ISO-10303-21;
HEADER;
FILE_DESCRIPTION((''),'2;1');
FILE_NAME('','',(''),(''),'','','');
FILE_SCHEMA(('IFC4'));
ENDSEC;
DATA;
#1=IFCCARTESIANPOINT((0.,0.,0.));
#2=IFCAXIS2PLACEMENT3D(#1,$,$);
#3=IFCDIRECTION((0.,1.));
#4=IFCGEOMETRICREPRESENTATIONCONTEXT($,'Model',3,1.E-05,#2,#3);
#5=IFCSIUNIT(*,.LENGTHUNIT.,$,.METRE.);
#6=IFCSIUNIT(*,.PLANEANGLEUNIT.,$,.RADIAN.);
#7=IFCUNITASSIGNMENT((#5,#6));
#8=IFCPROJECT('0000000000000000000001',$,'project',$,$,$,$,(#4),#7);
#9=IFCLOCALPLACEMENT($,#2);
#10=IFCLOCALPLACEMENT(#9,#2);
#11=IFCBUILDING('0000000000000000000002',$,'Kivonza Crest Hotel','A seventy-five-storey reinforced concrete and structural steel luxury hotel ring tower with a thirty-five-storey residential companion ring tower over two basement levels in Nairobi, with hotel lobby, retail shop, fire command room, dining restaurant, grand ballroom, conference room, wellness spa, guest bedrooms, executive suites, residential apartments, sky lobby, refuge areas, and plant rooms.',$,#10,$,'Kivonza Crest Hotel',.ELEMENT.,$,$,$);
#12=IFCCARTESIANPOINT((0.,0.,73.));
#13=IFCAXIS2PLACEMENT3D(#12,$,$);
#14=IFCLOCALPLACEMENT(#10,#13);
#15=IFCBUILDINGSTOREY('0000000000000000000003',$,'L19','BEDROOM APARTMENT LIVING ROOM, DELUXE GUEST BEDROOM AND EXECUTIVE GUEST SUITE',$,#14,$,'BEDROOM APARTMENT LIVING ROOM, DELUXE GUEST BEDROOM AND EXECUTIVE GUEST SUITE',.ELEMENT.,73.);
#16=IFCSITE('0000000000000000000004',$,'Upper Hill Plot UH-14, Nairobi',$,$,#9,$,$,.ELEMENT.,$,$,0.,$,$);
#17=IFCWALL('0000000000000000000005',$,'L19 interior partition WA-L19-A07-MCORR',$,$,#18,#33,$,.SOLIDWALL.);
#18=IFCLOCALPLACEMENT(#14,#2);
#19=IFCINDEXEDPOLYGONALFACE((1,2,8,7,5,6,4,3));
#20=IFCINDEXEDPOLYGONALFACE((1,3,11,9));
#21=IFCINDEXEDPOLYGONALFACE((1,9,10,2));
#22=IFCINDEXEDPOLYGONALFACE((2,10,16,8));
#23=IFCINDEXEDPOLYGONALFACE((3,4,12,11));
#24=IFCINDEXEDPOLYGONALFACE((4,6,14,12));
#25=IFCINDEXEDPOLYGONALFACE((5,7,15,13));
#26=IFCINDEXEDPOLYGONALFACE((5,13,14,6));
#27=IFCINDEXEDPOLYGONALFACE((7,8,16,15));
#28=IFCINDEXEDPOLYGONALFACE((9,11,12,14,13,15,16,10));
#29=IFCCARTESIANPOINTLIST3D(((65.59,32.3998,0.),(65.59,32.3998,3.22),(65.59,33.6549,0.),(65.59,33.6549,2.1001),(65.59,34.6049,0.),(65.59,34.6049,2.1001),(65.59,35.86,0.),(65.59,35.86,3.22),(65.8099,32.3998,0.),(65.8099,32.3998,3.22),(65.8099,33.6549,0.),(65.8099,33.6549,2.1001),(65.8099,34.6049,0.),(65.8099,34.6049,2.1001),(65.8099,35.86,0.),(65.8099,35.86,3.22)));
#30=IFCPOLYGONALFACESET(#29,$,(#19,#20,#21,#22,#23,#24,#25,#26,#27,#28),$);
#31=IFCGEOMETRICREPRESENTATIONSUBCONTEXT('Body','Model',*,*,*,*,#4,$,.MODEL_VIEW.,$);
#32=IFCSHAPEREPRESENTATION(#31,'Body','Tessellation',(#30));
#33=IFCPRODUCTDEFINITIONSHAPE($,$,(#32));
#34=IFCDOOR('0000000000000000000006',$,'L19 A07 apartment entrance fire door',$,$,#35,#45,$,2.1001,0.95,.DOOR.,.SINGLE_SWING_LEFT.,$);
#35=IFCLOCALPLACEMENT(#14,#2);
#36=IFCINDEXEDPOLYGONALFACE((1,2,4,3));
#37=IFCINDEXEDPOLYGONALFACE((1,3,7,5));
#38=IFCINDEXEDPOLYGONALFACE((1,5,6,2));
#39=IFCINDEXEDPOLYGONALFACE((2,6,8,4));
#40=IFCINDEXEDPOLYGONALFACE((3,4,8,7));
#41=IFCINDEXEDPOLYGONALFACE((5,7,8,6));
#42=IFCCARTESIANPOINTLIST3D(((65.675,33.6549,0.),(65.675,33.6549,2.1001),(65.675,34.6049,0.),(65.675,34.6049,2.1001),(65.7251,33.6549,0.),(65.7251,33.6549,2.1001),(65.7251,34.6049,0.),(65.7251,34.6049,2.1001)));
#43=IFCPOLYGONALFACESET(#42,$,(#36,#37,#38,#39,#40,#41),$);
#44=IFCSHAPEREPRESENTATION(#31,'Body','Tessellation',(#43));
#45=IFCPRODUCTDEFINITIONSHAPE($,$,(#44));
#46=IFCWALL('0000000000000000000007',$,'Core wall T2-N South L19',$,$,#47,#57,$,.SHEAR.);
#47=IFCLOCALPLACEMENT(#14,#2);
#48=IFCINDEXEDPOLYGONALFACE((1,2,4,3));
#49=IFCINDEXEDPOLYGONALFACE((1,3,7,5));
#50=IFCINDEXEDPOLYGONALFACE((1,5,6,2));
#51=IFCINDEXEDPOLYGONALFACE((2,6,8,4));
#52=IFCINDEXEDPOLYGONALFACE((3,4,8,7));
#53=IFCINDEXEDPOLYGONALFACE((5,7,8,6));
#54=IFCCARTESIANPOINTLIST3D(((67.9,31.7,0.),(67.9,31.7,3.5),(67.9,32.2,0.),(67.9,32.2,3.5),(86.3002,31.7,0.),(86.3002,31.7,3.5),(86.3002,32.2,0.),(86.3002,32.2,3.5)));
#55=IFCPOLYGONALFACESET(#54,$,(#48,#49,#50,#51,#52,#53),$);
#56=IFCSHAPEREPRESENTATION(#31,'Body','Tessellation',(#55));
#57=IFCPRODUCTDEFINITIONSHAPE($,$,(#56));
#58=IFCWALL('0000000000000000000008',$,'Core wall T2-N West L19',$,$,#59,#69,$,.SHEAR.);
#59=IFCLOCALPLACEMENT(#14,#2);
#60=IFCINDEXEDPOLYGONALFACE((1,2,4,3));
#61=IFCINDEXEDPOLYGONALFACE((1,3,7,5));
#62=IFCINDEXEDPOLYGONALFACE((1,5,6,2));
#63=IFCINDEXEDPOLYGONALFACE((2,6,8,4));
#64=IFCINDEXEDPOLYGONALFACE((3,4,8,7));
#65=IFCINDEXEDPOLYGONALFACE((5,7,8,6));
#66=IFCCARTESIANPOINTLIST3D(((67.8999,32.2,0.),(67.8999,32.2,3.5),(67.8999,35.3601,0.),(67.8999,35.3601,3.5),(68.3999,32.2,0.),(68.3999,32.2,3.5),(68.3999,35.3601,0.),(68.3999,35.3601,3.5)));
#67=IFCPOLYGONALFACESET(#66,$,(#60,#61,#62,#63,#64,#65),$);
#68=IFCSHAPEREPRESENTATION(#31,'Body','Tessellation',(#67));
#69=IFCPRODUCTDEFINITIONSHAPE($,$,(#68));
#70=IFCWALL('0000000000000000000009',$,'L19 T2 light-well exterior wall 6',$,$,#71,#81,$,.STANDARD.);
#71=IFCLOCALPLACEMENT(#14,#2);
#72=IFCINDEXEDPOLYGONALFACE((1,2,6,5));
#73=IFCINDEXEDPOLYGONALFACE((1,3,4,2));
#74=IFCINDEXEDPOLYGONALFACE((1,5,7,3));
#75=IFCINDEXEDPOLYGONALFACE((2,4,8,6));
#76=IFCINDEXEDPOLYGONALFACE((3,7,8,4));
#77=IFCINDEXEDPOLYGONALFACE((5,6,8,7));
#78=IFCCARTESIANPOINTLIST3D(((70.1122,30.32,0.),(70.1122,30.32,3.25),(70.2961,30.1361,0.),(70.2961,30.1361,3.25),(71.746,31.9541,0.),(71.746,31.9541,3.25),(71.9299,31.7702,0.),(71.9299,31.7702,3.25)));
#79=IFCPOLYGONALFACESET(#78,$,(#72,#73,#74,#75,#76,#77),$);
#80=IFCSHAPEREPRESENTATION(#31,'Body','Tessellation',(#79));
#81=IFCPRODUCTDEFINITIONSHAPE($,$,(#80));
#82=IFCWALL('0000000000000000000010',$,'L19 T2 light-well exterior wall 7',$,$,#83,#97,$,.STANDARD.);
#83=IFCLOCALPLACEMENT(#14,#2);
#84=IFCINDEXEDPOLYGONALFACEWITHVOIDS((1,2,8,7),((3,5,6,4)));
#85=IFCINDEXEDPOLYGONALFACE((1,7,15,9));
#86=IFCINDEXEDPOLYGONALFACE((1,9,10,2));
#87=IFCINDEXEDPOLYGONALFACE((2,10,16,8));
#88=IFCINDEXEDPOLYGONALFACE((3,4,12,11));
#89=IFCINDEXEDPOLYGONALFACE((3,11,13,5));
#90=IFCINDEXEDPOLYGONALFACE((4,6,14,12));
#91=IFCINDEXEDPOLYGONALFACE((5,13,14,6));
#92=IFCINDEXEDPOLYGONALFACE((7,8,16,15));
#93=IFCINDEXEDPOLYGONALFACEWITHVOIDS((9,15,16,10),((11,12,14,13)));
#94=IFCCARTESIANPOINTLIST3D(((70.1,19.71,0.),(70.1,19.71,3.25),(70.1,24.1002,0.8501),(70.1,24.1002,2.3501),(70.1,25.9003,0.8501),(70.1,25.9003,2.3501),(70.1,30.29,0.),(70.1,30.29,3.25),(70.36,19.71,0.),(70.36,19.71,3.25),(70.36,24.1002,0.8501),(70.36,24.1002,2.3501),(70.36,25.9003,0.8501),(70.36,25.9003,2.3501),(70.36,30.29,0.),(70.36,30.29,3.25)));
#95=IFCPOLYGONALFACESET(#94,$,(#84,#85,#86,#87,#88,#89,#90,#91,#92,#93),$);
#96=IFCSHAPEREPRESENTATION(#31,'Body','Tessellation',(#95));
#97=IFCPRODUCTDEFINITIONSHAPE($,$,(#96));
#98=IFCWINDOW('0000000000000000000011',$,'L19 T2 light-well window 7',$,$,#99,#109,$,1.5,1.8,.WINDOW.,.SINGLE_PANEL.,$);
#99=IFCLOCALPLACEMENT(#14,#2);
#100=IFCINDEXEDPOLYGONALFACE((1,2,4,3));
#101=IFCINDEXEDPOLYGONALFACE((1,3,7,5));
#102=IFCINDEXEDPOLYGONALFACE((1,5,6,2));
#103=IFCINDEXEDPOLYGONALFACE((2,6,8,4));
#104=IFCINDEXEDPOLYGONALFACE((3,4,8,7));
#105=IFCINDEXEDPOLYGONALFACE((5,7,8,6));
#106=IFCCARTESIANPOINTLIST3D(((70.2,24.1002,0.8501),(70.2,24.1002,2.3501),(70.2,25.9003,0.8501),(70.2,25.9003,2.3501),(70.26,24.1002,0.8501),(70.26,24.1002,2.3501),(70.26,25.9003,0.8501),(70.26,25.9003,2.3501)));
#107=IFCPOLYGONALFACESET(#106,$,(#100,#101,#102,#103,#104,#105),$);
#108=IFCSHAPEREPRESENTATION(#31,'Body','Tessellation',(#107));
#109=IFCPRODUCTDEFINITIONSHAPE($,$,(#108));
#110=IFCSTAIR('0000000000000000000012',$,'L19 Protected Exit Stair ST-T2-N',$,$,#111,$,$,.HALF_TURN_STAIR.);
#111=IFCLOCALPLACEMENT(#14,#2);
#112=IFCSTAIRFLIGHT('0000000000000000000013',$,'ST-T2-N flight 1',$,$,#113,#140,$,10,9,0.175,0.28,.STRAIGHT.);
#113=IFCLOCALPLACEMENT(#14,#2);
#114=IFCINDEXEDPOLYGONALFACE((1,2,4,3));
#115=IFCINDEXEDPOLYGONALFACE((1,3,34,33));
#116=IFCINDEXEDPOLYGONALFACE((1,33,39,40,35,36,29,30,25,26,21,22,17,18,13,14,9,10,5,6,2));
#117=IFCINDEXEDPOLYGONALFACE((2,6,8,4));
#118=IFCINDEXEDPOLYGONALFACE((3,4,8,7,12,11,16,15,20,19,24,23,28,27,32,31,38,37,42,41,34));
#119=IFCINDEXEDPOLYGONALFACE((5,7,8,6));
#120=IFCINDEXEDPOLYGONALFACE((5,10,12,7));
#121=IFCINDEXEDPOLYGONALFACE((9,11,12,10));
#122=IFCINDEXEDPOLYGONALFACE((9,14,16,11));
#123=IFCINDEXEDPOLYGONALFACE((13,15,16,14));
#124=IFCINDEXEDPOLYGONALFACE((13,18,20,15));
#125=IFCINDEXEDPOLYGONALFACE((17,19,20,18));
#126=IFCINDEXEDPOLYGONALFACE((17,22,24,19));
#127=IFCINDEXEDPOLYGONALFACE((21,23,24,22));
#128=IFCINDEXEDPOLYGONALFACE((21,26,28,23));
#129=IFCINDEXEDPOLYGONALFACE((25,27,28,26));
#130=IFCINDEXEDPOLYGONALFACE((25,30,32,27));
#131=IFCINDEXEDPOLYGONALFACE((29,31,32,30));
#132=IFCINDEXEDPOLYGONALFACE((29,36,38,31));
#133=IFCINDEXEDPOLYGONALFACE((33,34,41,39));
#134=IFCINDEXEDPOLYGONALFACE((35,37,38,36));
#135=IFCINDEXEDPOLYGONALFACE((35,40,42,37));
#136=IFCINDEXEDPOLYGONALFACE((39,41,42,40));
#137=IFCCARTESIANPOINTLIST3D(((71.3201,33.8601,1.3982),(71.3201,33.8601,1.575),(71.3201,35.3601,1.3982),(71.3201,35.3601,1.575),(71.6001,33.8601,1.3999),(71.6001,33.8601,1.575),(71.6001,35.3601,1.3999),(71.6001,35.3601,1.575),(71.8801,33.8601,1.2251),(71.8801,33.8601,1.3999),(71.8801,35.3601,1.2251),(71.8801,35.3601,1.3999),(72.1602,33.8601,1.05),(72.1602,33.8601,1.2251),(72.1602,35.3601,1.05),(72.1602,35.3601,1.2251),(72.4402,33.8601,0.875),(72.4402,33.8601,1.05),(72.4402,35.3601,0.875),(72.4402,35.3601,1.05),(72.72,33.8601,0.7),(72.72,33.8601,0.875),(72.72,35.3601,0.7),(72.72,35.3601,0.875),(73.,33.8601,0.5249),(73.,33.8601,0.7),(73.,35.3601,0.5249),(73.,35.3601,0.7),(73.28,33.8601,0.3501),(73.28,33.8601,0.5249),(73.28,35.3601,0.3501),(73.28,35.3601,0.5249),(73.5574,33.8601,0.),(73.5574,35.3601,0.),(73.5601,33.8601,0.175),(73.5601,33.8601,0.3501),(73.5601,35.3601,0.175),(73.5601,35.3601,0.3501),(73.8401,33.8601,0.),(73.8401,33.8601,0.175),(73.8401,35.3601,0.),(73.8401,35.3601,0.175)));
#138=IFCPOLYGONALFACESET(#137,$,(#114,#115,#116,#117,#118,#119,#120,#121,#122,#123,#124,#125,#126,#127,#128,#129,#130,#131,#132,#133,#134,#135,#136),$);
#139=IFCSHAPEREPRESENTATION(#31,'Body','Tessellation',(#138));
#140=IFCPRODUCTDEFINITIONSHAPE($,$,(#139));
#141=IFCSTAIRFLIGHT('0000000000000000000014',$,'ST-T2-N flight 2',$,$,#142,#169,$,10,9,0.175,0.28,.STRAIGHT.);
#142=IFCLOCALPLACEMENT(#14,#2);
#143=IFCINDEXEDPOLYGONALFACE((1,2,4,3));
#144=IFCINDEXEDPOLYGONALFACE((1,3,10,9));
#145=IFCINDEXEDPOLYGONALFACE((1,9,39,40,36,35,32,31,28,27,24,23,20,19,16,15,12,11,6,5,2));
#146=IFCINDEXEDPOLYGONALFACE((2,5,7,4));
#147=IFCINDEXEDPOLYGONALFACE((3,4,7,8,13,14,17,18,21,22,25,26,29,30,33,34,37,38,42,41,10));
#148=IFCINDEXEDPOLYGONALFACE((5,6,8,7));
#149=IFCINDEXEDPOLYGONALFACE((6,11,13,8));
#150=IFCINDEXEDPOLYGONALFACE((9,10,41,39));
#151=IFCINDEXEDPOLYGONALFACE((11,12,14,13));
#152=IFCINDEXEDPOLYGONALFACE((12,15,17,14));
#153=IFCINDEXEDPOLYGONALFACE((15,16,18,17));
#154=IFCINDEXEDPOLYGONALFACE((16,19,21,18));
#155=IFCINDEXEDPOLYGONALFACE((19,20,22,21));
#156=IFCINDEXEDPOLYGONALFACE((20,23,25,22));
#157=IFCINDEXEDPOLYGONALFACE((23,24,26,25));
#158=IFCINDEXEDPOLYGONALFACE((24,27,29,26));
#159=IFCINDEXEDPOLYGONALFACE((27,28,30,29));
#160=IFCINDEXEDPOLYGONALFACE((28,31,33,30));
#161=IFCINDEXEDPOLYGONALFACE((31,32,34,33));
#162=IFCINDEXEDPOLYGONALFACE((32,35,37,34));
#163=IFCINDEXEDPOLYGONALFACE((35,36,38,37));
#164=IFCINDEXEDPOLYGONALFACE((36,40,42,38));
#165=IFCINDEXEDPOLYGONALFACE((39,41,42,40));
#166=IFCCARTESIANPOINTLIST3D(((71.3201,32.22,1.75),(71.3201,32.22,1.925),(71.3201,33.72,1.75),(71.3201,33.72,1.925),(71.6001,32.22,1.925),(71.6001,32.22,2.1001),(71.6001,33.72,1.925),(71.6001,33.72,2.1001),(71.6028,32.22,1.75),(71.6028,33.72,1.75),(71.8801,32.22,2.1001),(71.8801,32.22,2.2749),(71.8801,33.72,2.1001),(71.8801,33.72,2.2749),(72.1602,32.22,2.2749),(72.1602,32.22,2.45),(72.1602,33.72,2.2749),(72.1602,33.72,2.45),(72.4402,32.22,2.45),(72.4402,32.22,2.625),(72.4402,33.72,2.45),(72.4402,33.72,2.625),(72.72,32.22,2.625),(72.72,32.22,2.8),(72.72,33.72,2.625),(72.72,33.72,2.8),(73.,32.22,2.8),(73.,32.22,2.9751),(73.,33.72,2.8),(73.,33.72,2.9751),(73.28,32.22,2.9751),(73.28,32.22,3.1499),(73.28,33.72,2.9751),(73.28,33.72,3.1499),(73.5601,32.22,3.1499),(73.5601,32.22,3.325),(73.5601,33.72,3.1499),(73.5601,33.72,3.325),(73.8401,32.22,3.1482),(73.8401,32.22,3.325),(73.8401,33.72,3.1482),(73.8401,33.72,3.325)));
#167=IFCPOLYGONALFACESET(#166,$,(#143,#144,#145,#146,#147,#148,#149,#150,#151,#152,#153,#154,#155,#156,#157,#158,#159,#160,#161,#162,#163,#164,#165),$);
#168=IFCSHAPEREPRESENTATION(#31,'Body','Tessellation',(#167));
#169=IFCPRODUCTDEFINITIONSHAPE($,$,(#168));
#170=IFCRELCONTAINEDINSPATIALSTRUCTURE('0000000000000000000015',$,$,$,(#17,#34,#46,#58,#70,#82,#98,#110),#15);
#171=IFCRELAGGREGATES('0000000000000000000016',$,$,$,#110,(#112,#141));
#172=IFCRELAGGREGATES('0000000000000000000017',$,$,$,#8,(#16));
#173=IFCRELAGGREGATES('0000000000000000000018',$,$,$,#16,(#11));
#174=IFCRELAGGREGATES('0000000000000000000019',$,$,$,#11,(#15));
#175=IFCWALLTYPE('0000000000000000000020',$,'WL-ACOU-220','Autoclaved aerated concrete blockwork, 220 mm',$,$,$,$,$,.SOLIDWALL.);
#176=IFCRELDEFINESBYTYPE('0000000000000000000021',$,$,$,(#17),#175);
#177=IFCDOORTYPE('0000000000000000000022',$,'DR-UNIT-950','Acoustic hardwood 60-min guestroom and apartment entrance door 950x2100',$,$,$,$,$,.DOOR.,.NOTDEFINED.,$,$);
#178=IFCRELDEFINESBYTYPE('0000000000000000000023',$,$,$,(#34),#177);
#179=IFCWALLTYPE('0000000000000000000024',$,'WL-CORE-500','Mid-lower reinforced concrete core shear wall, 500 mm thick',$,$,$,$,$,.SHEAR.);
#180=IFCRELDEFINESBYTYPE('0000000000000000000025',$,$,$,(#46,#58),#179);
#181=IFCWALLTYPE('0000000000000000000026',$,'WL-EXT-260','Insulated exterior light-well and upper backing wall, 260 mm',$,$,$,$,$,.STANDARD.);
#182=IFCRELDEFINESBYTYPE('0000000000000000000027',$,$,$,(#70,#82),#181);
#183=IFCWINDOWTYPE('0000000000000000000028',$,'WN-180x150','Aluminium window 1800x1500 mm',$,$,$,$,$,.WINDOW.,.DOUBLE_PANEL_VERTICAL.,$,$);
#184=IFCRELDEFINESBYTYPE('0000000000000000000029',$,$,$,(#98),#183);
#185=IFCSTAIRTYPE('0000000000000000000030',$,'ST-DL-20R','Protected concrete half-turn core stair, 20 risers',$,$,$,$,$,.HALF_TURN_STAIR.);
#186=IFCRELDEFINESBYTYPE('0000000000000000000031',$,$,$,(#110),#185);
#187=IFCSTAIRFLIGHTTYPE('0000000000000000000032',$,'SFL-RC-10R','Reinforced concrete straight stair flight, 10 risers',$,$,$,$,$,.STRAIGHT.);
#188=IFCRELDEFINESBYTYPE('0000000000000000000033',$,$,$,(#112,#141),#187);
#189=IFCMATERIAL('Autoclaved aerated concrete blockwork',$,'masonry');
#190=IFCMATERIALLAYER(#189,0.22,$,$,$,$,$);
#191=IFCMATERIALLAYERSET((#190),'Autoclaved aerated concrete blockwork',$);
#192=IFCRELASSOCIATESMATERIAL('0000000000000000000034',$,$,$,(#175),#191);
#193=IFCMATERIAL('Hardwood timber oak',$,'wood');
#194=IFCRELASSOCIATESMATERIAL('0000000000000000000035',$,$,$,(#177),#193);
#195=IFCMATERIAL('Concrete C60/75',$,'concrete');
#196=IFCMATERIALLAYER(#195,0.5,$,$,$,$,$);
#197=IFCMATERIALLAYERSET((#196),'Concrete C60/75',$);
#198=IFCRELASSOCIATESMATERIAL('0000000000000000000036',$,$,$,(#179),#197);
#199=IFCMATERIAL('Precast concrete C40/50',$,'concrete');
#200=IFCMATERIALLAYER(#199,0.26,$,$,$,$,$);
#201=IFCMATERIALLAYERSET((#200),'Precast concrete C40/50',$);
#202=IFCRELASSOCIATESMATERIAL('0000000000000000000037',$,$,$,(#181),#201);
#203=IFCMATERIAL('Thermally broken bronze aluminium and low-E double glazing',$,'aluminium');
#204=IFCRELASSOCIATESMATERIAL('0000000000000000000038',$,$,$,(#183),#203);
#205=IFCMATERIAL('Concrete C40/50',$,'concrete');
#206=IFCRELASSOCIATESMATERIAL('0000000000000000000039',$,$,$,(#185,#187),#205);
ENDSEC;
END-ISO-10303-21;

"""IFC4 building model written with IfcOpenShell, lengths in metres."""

from ifc_helpers import new_model, si_unit, direction, frame, frame_2d, origin, place, context, subcontext, project, spatial, polyline, rectangle, outline, extrude, material, layer, layer_set, type_object, element, fill, aggregate, save


model = new_model("IFC4")

# Units and contexts
model_context = context("Model", 3, precision=1e-05, world=origin(), true_north=direction((0.0, 1.0)))
body_context = subcontext(model_context, "Body", "Model", "MODEL_VIEW")
ifc_project = project(units=[si_unit("LENGTHUNIT", "METRE"), si_unit("PLANEANGLEUNIT", "RADIAN")], contexts=[model_context])

# Site, building, storey
site_placement = place(None, origin())
site = spatial("IfcSite", under=ifc_project, at=site_placement, Name="Upper Hill Plot UH-14, Nairobi", CompositionType="ELEMENT", RefElevation=0.0)
building_placement = place(site_placement, origin())
building = spatial("IfcBuilding", under=site, at=building_placement, Name="Kivonza Crest Hotel", Description="A seventy-five-storey reinforced concrete and structural steel luxury hotel ring tower with a thirty-five-storey residential companion ring tower over two basement levels in Nairobi, with hotel lobby, retail shop, fire command room, dining restaurant, grand ballroom, conference room, wellness spa, guest bedrooms, executive suites, residential apartments, sky lobby, refuge areas, and plant rooms.", LongName="Kivonza Crest Hotel", CompositionType="ELEMENT")
storey_placement = place(building_placement, frame((0.0, 0.0, 73.0)))
storey = spatial("IfcBuildingStorey", under=building, at=storey_placement, Name="L19", Description="BEDROOM APARTMENT LIVING ROOM, DELUXE GUEST BEDROOM AND EXECUTIVE GUEST SUITE", LongName="BEDROOM APARTMENT LIVING ROOM, DELUXE GUEST BEDROOM AND EXECUTIVE GUEST SUITE", CompositionType="ELEMENT", Elevation=73.0)

# Shared definitions
ifc_material_1 = material(Name="Autoclaved aerated concrete blockwork", Category="masonry")
ifc_layer_1 = layer(ifc_material_1, 0.22)
ifc_layer_set_1 = layer_set([ifc_layer_1], Name="Autoclaved aerated concrete blockwork")
wall_type_1 = type_object("IfcWallType", Name="WL-ACOU-220", Description="Autoclaved aerated concrete blockwork, 220 mm", PredefinedType="SOLIDWALL", material=ifc_layer_set_1)

# Wall, opening, door
wall_1_placement = place(storey_placement, frame((65.7, 32.3999, 0.0), z_axis=(0.0, 0.0, 1.0), x_axis=(0.0, 1.0, 0.0)))
wall_1 = element("IfcWall", 1, at=wall_1_placement, inside=storey, type_object=wall_type_1, Name="L19 interior partition WA-L19-A07-MCORR", PredefinedType="SOLIDWALL", context=body_context, shape_type="SweptSolid", body=[
    extrude(rectangle(XDim=3.4602, YDim=0.22, at=frame_2d((1.73, 0.0))), origin(), (0.0, 0.0, 1.0), 3.22),
])
opening_1_placement = place(wall_1_placement, frame((1.2549, 0.0, 0.0)))
opening_1 = element("IfcOpeningElement", 2, at=opening_1_placement, cuts=wall_1, PredefinedType="OPENING", context=body_context, shape_type="SweptSolid", body=[
    extrude(rectangle(XDim=0.95, YDim=2.1001, at=frame_2d((0.4751, 1.05))), frame((0.0, 0.1201, 0.0), z_axis=(0.0, -1.0, 0.0), x_axis=(1.0, 0.0, 0.0)), (0.0, 0.0, 1.0), 0.24),
])
ifc_material_2 = material(Name="Hardwood timber oak", Category="wood")
door_type = type_object("IfcDoorType", Name="DR-UNIT-950", Description="Acoustic hardwood 60-min guestroom and apartment entrance door 950x2100", OperationType="NOTDEFINED", PredefinedType="DOOR", material=ifc_material_2)
door_placement = place(opening_1_placement, origin())
door = element("IfcDoor", 3, at=door_placement, inside=storey, type_object=door_type, Name="L19 A07 apartment entrance fire door", OperationType="SINGLE_SWING_LEFT", OverallHeight=2.1001, OverallWidth=0.95, PredefinedType="DOOR", context=body_context, shape_type="SweptSolid", body=[
    extrude(rectangle(XDim=0.95, YDim=2.1001, at=frame_2d((0.4751, 1.05))), frame((0.0, 0.0249, 0.0), z_axis=(0.0, -1.0, 0.0), x_axis=(1.0, 0.0, 0.0)), (0.0, 0.0, 1.0), 0.05),
])
fill(opening_1, door)

# Walls
ifc_material_3 = material(Name="Concrete C60/75", Category="concrete")
ifc_layer_2 = layer(ifc_material_3, 0.5)
ifc_layer_set_2 = layer_set([ifc_layer_2], Name="Concrete C60/75")
wall_type_2 = type_object("IfcWallType", Name="WL-CORE-500", Description="Mid-lower reinforced concrete core shear wall, 500 mm thick", PredefinedType="SHEAR", material=ifc_layer_set_2)
wall_2_placement = place(storey_placement, frame((67.8999, 31.95, 0.0), z_axis=(0.0, 0.0, 1.0), x_axis=(1.0, 0.0, 0.0)))
element("IfcWall", 4, at=wall_2_placement, inside=storey, type_object=wall_type_2, Name="Core wall T2-N South L19", PredefinedType="SHEAR", context=body_context, shape_type="SweptSolid", body=[
    extrude(rectangle(XDim=18.4001, YDim=0.5, at=frame_2d((9.2002, 0.0))), origin(), (0.0, 0.0, 1.0), 3.5),
])
wall_3_placement = place(storey_placement, frame((68.1499, 32.2, 0.0), z_axis=(0.0, 0.0, 1.0), x_axis=(0.0, 1.0, 0.0)))
element("IfcWall", 5, at=wall_3_placement, inside=storey, type_object=wall_type_2, Name="Core wall T2-N West L19", PredefinedType="SHEAR", context=body_context, shape_type="SweptSolid", body=[
    extrude(rectangle(XDim=3.1602, YDim=0.5, at=frame_2d((1.5801, 0.0))), origin(), (0.0, 0.0, 1.0), 3.5),
])
ifc_material_4 = material(Name="Precast concrete C40/50", Category="concrete")
ifc_layer_3 = layer(ifc_material_4, 0.26)
ifc_layer_set_3 = layer_set([ifc_layer_3], Name="Precast concrete C40/50")
wall_type_3 = type_object("IfcWallType", Name="WL-EXT-260", Description="Insulated exterior light-well and upper backing wall, 260 mm", PredefinedType="STANDARD", material=ifc_layer_set_3)
wall_4_placement = place(storey_placement, frame((71.8379, 31.8621, 0.0), z_axis=(0.0, 0.0, 1.0), x_axis=(-0.707054, -0.70716, 0.0)))
element("IfcWall", 6, at=wall_4_placement, inside=storey, type_object=wall_type_3, Name="L19 T2 light-well exterior wall 6", PredefinedType="STANDARD", context=body_context, shape_type="SweptSolid", body=[
    extrude(rectangle(XDim=2.3108, YDim=0.26, at=frame_2d((1.1553, 0.0))), origin(), (0.0, 0.0, 1.0), 3.25),
])

# Wall, opening, window
wall_5_placement = place(storey_placement, frame((70.23, 30.29, 0.0), z_axis=(0.0, 0.0, 1.0), x_axis=(0.0, -1.0, 0.0)))
wall_5 = element("IfcWall", 7, at=wall_5_placement, inside=storey, type_object=wall_type_3, Name="L19 T2 light-well exterior wall 7", PredefinedType="STANDARD", context=body_context, shape_type="SweptSolid", body=[
    extrude(rectangle(XDim=10.5801, YDim=0.26, at=frame_2d((5.29, 0.0))), origin(), (0.0, 0.0, 1.0), 3.25),
])
opening_2_placement = place(wall_5_placement, frame((4.3899, 0.0, 0.8501)))
opening_2 = element("IfcOpeningElement", 8, at=opening_2_placement, cuts=wall_5, PredefinedType="OPENING", context=body_context, shape_type="SweptSolid", body=[
    extrude(rectangle(XDim=1.8, YDim=1.5, at=frame_2d((0.8999, 0.75))), frame((0.0, 0.1401, 0.0), z_axis=(0.0, -1.0, 0.0), x_axis=(1.0, 0.0, 0.0)), (0.0, 0.0, 1.0), 0.28),
])
ifc_material_5 = material(Name="Thermally broken bronze aluminium and low-E double glazing", Category="aluminium")
window_type = type_object("IfcWindowType", Name="WN-180x150", Description="Aluminium window 1800x1500 mm", PartitioningType="DOUBLE_PANEL_VERTICAL", PredefinedType="WINDOW", material=ifc_material_5)
window_placement = place(opening_2_placement, origin())
window = element("IfcWindow", 9, at=window_placement, inside=storey, type_object=window_type, Name="L19 T2 light-well window 7", OverallHeight=1.5, OverallWidth=1.8, PartitioningType="SINGLE_PANEL", PredefinedType="WINDOW", context=body_context, shape_type="SweptSolid", body=[
    extrude(rectangle(XDim=1.8, YDim=1.5, at=frame_2d((0.8999, 0.75))), frame((0.0, 0.03, 0.0), z_axis=(0.0, -1.0, 0.0), x_axis=(1.0, 0.0, 0.0)), (0.0, 0.0, 1.0), 0.0601),
])
fill(opening_2, window)

# Stair, stair flights
ifc_material_6 = material(Name="Concrete C40/50", Category="concrete")
stair_type = type_object("IfcStairType", Name="ST-DL-20R", Description="Protected concrete half-turn core stair, 20 risers", PredefinedType="HALF_TURN_STAIR", material=ifc_material_6)
stair_placement = place(storey_placement, origin())
stair = element("IfcStair", 10, at=stair_placement, inside=storey, type_object=stair_type, Name="L19 Protected Exit Stair ST-T2-N", PredefinedType="HALF_TURN_STAIR")
stair_flight_type = type_object("IfcStairFlightType", Name="SFL-RC-10R", Description="Reinforced concrete straight stair flight, 10 risers", PredefinedType="STRAIGHT", material=ifc_material_6)
stair_flight_1_placement = place(storey_placement, frame((73.8401, 34.6101, 0.0), z_axis=(0.0, 0.0, 1.0), x_axis=(-1.0, 0.0, 0.0)))
stair_flight_1 = element("IfcStairFlight", 11, at=stair_flight_1_placement, type_object=stair_flight_type, Name="ST-T2-N flight 1", NumberOfRisers=10, NumberOfTreads=9, PredefinedType="STRAIGHT", RiserHeight=0.175, TreadLength=0.28, context=body_context, shape_type="SweptSolid", body=[
    extrude(outline(polyline([(0.0, 0.0), (0.0, 0.175), (0.28, 0.175), (0.28, 0.3501), (0.5601, 0.3501), (0.5601, 0.5249), (0.8401, 0.5249), (0.8401, 0.7), (1.1201, 0.7), (1.1201, 0.875), (1.3999, 0.875), (1.3999, 1.05), (1.6799, 1.05), (1.6799, 1.2251), (1.96, 1.2251), (1.96, 1.3999), (2.24, 1.3999), (2.24, 1.575), (2.52, 1.575), (2.52, 1.75), (2.52, 1.3982), (0.2827, 0.0), (0.0, 0.0)])), frame((0.0, 0.75, 0.0), z_axis=(0.0, -1.0, 0.0), x_axis=(1.0, 0.0, 0.0)), (0.0, 0.0, 1.0), 1.5),
])
stair_flight_2_placement = place(storey_placement, frame((71.3201, 32.97, 1.75), z_axis=(0.0, 0.0, 1.0), x_axis=(1.0, 0.0, 0.0)))
stair_flight_2 = element("IfcStairFlight", 12, at=stair_flight_2_placement, type_object=stair_flight_type, Name="ST-T2-N flight 2", NumberOfRisers=10, NumberOfTreads=9, PredefinedType="STRAIGHT", RiserHeight=0.175, TreadLength=0.28, context=body_context, shape_type="SweptSolid", body=[
    extrude(outline(polyline([(0.0, 0.0), (0.0, 0.175), (0.28, 0.175), (0.28, 0.3501), (0.5601, 0.3501), (0.5601, 0.5249), (0.8401, 0.5249), (0.8401, 0.7), (1.1201, 0.7), (1.1201, 0.875), (1.3999, 0.875), (1.3999, 1.05), (1.6799, 1.05), (1.6799, 1.2251), (1.96, 1.2251), (1.96, 1.3999), (2.24, 1.3999), (2.24, 1.575), (2.52, 1.575), (2.52, 1.75), (2.52, 1.3982), (0.2827, 0.0), (0.0, 0.0)])), frame((0.0, 0.75, 0.0), z_axis=(0.0, -1.0, 0.0), x_axis=(1.0, 0.0, 0.0)), (0.0, 0.0, 1.0), 1.5),
])
aggregate(stair, [stair_flight_1, stair_flight_2])

save(model, "model.ifc")
